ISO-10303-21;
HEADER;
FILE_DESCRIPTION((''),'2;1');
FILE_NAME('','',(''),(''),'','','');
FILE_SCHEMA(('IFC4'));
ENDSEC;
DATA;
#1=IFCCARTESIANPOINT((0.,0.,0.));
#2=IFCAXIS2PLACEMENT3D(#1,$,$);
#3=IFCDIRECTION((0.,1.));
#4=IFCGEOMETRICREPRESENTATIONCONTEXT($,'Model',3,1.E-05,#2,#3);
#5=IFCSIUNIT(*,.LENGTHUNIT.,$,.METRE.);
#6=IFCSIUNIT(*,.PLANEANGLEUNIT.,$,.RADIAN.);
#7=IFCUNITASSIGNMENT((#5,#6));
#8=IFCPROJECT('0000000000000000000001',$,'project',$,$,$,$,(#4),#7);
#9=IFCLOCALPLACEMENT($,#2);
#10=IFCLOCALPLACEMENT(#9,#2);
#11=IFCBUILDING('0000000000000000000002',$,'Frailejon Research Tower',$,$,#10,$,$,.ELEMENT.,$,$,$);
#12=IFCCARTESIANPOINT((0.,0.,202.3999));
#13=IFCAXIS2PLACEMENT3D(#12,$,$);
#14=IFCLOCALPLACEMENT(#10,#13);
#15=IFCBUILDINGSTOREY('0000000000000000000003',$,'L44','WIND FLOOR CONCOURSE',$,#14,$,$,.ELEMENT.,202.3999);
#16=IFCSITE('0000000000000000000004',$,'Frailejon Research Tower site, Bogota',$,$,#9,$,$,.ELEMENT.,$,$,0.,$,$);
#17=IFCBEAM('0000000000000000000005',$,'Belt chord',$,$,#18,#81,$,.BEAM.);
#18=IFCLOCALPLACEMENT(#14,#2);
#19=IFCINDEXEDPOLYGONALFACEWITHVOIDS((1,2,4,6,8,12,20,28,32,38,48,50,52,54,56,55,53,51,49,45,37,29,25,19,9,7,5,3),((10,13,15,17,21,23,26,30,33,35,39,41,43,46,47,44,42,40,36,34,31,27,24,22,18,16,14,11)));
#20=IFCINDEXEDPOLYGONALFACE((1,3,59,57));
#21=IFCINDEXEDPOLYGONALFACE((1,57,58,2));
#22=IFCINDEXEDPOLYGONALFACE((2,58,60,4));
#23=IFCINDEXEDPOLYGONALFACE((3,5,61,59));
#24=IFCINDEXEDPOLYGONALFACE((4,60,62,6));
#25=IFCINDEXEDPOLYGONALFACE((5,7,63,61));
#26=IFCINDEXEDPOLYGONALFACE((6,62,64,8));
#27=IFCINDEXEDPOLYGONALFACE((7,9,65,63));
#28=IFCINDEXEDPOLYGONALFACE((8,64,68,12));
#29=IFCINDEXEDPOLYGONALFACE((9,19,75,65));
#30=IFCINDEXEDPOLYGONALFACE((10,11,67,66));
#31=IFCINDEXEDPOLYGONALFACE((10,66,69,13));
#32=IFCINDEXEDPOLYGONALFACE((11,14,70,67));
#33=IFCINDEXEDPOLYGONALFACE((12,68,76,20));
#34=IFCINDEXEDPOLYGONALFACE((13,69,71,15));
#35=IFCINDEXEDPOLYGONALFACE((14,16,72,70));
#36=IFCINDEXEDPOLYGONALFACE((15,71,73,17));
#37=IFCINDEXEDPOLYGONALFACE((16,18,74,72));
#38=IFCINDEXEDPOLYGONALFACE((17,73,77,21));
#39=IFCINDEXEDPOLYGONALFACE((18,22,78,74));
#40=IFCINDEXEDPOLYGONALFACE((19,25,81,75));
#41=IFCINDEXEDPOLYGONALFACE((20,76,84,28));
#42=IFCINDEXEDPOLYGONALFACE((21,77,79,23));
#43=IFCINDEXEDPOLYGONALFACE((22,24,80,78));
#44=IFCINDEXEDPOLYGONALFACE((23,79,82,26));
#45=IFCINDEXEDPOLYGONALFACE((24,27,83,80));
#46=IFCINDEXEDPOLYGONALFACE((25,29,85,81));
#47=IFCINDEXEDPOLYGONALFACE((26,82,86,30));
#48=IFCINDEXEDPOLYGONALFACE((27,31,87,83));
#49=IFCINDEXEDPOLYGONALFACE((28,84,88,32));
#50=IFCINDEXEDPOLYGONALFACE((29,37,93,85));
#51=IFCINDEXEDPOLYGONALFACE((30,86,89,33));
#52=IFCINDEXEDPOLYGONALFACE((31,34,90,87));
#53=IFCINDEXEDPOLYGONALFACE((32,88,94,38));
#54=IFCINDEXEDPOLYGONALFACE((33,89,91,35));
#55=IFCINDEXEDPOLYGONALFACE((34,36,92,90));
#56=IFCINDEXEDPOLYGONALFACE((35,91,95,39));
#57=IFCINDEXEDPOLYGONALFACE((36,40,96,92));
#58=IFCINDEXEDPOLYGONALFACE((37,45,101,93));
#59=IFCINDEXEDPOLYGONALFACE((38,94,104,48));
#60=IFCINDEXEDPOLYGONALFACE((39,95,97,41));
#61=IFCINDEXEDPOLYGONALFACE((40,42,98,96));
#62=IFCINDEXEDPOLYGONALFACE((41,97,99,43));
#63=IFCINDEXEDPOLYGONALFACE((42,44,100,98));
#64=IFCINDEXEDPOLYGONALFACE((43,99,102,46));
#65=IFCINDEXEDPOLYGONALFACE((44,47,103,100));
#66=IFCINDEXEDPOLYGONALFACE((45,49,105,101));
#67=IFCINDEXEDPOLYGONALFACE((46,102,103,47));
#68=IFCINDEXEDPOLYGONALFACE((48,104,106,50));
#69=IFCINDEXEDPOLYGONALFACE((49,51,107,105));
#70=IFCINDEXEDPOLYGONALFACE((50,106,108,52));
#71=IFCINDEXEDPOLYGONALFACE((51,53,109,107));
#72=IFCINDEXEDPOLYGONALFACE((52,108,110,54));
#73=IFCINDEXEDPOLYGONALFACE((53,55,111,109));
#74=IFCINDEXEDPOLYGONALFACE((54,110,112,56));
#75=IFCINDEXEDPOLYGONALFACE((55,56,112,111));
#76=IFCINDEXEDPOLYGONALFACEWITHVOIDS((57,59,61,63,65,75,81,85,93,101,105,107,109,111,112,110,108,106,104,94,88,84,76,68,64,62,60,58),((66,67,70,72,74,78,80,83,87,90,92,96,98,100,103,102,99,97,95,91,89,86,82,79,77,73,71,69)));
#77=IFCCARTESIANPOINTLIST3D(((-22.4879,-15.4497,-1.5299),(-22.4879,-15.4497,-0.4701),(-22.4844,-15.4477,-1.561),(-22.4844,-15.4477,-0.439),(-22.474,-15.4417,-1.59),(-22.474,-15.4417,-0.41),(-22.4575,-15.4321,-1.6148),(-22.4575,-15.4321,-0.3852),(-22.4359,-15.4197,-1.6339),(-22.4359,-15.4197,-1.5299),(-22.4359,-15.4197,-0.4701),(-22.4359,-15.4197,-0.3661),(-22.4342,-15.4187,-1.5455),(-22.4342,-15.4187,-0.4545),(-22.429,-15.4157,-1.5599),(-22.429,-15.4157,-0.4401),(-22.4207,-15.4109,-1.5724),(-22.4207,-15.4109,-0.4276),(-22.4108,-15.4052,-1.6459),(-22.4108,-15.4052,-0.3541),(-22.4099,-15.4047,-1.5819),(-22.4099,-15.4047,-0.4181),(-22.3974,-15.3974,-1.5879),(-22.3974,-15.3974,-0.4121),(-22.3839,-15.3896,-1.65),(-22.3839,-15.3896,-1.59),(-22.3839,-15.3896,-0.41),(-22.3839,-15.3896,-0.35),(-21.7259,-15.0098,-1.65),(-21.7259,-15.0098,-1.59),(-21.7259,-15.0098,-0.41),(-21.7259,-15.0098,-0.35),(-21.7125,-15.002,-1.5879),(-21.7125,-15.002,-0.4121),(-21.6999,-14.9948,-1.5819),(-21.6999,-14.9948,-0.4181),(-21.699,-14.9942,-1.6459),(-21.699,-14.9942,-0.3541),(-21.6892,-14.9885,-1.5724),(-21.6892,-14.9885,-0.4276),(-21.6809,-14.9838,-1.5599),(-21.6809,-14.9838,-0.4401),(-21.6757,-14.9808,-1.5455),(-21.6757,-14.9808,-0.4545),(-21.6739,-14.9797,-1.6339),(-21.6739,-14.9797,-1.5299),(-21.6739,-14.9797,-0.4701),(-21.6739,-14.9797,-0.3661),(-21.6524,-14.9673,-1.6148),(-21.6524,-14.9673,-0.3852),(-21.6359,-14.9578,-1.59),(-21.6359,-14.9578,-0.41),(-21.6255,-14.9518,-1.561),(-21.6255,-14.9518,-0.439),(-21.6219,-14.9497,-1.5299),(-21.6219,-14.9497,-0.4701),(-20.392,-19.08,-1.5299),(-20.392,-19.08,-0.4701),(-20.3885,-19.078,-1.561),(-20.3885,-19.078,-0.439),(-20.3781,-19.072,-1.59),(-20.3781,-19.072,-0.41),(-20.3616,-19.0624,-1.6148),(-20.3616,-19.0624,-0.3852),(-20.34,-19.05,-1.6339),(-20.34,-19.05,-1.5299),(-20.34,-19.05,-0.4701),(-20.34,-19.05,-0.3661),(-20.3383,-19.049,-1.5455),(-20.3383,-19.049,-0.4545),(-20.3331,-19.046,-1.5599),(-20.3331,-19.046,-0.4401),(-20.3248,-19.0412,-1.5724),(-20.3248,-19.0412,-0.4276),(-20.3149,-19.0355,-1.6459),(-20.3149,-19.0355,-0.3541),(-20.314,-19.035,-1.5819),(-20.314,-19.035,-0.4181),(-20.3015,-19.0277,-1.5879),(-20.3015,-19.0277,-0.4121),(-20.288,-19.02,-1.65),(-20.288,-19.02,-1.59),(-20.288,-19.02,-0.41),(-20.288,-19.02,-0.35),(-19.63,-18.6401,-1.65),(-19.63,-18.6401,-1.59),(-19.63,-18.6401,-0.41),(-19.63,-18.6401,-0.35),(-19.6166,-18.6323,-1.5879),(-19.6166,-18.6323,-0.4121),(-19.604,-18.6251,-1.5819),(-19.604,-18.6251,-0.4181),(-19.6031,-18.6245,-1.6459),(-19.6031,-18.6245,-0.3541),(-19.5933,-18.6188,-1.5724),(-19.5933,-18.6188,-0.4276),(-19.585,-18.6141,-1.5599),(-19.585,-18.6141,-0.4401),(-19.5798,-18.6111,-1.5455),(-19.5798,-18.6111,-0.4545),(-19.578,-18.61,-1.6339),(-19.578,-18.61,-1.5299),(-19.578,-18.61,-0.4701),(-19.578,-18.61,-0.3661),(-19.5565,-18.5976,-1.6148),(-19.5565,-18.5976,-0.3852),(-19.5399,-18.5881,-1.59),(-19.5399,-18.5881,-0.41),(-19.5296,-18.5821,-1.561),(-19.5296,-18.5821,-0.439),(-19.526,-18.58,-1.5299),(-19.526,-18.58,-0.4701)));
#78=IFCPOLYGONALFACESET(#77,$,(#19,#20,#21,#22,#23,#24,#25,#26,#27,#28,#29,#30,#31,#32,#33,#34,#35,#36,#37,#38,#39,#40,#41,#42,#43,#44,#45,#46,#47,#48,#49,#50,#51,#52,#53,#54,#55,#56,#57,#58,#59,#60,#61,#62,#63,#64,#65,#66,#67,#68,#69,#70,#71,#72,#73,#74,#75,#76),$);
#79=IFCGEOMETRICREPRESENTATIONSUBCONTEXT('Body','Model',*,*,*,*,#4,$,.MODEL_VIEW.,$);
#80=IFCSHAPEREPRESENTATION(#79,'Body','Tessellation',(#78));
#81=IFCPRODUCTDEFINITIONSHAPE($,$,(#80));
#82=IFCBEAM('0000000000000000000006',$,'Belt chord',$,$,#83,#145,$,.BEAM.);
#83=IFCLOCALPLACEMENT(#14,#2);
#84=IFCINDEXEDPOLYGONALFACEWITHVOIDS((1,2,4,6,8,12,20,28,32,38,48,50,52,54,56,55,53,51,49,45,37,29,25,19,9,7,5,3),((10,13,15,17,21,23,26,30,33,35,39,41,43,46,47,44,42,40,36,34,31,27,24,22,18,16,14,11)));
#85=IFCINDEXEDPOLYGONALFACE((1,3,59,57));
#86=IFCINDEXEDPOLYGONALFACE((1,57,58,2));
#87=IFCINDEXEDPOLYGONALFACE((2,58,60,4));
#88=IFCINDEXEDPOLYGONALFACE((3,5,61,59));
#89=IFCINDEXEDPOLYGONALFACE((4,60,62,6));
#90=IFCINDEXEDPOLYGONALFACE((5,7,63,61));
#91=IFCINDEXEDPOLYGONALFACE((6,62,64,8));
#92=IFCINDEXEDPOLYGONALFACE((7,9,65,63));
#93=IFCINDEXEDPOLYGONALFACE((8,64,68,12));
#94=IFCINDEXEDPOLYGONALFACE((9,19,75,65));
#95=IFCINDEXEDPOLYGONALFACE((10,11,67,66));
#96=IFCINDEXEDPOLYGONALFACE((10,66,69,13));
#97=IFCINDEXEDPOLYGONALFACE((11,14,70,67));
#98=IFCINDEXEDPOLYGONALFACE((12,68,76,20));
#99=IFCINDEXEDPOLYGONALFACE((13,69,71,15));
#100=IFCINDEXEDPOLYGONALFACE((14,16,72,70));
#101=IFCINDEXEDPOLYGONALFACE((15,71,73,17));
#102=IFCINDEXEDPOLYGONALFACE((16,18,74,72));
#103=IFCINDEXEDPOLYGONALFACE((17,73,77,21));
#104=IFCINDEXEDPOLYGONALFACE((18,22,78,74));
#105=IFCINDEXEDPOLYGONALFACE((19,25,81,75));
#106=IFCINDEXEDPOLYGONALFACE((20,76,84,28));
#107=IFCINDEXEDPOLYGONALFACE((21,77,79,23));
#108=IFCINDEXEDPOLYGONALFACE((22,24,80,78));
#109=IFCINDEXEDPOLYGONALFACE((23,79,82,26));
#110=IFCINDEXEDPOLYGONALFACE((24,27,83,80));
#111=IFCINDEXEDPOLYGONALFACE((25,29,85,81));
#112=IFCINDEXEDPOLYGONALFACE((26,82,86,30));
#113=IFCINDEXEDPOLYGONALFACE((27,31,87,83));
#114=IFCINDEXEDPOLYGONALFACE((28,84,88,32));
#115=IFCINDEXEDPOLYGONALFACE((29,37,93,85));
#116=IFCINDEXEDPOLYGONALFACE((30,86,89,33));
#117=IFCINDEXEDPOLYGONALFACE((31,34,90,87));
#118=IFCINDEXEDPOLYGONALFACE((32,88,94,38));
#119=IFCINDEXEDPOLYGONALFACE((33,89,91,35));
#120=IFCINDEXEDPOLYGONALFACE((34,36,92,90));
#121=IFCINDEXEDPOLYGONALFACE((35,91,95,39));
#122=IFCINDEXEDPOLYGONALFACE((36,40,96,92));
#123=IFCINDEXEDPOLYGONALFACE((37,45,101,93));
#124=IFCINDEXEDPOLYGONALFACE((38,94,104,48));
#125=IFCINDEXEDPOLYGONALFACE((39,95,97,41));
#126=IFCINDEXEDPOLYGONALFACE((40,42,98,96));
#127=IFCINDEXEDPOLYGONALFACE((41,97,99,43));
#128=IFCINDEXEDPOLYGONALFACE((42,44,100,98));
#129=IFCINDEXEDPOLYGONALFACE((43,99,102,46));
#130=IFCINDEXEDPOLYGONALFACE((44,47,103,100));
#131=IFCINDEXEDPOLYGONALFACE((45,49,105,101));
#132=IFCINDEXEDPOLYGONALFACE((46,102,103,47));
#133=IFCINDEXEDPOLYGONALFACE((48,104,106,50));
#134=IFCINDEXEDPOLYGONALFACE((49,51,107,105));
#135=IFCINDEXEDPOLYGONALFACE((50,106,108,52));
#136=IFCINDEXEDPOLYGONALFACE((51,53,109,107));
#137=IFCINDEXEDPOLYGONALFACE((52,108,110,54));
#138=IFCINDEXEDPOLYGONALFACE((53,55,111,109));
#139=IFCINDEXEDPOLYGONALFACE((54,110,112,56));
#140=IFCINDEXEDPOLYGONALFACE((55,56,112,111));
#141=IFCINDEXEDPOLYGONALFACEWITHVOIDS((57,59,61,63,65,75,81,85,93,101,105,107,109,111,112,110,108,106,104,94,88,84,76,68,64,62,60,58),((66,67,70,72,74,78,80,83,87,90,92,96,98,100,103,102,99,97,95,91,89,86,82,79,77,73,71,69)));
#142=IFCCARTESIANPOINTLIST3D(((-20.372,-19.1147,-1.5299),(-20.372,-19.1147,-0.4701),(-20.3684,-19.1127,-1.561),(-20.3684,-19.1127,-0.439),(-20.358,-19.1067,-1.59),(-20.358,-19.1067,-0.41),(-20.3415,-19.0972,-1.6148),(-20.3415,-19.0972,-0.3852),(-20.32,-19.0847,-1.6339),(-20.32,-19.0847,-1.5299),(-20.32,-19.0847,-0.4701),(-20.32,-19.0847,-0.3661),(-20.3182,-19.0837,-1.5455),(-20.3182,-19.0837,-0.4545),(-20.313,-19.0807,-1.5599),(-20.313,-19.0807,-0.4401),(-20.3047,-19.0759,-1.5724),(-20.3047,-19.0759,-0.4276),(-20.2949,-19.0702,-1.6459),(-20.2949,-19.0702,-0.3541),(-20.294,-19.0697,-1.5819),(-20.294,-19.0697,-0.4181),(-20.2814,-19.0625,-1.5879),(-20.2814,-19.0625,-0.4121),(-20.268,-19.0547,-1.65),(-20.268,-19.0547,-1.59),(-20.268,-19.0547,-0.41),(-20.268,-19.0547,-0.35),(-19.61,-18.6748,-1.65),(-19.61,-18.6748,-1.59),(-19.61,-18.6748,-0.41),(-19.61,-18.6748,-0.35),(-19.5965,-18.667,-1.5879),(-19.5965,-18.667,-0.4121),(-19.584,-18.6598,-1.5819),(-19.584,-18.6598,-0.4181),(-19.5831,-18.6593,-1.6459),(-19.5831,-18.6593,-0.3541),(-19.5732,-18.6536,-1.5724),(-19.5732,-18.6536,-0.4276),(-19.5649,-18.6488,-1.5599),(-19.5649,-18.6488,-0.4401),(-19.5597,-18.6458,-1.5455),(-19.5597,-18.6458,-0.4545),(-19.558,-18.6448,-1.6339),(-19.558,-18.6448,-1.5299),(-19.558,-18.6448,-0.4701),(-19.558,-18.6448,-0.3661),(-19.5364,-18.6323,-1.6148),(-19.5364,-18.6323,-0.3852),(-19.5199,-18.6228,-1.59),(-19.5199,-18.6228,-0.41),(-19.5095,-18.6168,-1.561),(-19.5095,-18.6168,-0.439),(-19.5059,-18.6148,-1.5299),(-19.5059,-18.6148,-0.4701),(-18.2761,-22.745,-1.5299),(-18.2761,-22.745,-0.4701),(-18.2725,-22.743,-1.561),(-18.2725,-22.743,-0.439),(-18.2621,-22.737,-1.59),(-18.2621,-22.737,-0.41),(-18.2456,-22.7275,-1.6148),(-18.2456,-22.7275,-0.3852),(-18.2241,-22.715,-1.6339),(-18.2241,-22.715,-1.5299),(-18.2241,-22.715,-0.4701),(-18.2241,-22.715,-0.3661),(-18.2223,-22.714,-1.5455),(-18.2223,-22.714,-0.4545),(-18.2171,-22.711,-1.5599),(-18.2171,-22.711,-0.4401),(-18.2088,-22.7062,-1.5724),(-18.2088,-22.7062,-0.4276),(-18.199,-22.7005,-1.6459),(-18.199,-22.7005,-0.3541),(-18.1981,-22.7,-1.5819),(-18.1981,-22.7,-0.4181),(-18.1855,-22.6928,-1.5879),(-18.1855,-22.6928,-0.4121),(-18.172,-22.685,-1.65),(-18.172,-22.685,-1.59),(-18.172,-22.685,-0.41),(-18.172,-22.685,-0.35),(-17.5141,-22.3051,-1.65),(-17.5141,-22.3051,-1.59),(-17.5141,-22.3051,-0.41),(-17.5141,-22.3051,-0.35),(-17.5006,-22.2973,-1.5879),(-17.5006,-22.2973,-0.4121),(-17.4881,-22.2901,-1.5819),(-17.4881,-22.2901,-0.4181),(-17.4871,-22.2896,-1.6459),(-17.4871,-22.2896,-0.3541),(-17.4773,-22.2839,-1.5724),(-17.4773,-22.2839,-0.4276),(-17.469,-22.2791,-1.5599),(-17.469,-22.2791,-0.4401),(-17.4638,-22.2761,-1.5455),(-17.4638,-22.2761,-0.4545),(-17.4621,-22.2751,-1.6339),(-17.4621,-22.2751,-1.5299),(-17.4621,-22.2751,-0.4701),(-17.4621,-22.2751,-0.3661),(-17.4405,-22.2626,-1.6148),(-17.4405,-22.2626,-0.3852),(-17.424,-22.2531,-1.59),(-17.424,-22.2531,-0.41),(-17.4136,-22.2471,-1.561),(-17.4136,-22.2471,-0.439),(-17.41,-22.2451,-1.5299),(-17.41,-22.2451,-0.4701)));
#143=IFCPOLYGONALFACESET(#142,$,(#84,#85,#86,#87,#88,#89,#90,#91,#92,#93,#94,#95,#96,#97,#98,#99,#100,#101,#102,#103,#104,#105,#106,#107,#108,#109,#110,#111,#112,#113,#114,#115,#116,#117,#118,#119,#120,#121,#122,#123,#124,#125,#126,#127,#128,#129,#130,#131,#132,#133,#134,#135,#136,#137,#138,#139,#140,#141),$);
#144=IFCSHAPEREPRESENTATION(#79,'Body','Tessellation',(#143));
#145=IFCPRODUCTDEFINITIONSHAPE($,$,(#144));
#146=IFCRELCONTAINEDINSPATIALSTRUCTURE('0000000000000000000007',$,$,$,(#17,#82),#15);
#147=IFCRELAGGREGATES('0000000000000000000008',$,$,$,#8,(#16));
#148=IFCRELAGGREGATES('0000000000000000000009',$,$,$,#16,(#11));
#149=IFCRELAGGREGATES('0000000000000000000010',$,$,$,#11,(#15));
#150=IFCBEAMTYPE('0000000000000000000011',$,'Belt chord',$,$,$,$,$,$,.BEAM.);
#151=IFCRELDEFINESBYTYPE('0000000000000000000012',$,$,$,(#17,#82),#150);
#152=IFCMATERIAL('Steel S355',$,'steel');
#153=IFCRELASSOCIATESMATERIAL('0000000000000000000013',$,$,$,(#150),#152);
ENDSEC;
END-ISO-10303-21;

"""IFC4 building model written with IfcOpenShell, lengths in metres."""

from ifc_helpers import new_model, si_unit, direction, frame, origin, origin_2d, place, context, subcontext, project, spatial, hollow_rectangle, extrude, material, material_profile, profile_set, type_object, element, save


model = new_model("IFC4")

# Units and contexts
model_context = context("Model", 3, precision=1e-05, world=origin(), true_north=direction((0.0, 1.0)))
body_context = subcontext(model_context, "Body", "Model", "MODEL_VIEW")
ifc_project = project(units=[si_unit("LENGTHUNIT", "METRE"), si_unit("PLANEANGLEUNIT", "RADIAN")], contexts=[model_context])

# Site, building, storey
site_placement = place(None, origin())
site = spatial("IfcSite", under=ifc_project, at=site_placement, Name="Frailejon Research Tower site, Bogota", CompositionType="ELEMENT", RefElevation=0.0)
building_placement = place(site_placement, origin())
building = spatial("IfcBuilding", under=site, at=building_placement, Name="Frailejon Research Tower", CompositionType="ELEMENT")
storey_placement = place(building_placement, frame((0.0, 0.0, 202.3999)))
storey = spatial("IfcBuildingStorey", under=building, at=storey_placement, Name="L44", Description="WIND FLOOR CONCOURSE", CompositionType="ELEMENT", Elevation=202.3999)

# Beams
ifc_material_1 = material(Name="Steel S355", Category="steel")
ifc_material_profile_1 = material_profile(ifc_material_1, hollow_rectangle(XDim=1.0, YDim=1.3, WallThickness=0.0601, InnerFilletRadius=0.0601, OuterFilletRadius=0.1201, at=origin_2d()), Name="Belt chord")
ifc_profile_set_1 = profile_set([ifc_material_profile_1], Name="Steel S355")
beam_type_1 = type_object("IfcBeamType", Name="Belt chord", PredefinedType="BEAM", material=ifc_profile_set_1)
for number, where, z_axis, x_axis, name in (
    (1, (-22.0549, -15.1997, -1.0), (0.499991, -0.86603, 0.0), (0.86603, 0.499991, 0.0), "Belt chord"),
    (2, (-19.939, -18.8647, -1.0), (0.499991, -0.86603, 0.0), (0.86603, 0.499991, 0.0), "Belt chord"),
):
    element("IfcBeam", number, at=place(storey_placement, frame(where, z_axis=z_axis, x_axis=x_axis)), inside=storey, type_object=beam_type_1, Name=name, PredefinedType="BEAM", context=body_context, shape_type="SweptSolid", body=[
        extrude(hollow_rectangle(XDim=1.0, YDim=1.3, WallThickness=0.0601, InnerFilletRadius=0.0601, OuterFilletRadius=0.1201, at=origin_2d()), origin(), (0.0, 0.0, 1.0), 4.1919),
    ])

save(model, "model.ifc")
